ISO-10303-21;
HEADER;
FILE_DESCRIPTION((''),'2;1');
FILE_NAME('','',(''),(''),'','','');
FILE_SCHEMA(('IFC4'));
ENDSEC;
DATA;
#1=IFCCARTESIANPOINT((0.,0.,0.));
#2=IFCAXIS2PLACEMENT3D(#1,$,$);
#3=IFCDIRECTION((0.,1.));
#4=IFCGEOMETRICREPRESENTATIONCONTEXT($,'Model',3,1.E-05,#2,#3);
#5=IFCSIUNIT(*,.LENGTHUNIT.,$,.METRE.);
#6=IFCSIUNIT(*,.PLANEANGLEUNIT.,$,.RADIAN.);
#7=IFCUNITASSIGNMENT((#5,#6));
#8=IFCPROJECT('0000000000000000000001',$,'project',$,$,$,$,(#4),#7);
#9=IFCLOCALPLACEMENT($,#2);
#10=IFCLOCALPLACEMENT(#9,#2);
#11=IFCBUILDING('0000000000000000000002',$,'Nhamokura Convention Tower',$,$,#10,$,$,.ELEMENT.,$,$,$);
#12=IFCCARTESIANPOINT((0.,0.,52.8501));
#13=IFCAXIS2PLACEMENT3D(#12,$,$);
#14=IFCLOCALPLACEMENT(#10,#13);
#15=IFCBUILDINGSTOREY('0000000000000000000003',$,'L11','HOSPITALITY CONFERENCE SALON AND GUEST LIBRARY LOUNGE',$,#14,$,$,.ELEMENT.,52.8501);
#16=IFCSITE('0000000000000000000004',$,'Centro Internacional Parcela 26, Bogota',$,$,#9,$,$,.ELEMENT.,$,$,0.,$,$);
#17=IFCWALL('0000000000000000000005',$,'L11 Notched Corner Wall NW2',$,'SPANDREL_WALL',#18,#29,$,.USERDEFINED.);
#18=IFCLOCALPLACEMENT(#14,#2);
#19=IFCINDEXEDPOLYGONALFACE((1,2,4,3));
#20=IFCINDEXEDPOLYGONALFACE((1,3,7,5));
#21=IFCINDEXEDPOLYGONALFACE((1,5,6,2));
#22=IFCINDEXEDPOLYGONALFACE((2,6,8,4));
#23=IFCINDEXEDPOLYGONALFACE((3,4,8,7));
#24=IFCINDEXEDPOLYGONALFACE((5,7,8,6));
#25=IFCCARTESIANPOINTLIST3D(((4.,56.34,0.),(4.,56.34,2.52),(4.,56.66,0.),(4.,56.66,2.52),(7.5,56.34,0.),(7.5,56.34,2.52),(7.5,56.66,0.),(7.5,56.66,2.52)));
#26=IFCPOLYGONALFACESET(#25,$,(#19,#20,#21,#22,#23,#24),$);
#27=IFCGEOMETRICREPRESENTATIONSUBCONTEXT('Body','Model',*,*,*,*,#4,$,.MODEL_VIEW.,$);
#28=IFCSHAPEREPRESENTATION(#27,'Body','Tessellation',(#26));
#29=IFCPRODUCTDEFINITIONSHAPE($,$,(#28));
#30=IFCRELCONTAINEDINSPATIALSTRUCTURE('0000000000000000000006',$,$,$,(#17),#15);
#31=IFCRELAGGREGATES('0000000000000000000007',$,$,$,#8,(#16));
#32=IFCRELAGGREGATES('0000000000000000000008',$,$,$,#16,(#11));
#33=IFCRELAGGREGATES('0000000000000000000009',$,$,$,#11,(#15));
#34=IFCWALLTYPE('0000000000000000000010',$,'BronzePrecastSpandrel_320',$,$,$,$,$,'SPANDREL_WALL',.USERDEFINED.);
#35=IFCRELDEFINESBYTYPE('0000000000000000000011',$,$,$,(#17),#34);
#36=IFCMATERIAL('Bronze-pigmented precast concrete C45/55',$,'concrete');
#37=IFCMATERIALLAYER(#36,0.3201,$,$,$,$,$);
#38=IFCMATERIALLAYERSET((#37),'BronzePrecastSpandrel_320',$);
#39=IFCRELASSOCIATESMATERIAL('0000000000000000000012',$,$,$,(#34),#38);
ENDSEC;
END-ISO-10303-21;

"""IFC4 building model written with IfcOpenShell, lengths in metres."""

from ifc_helpers import new_model, si_unit, direction, frame, frame_2d, origin, place, context, subcontext, project, spatial, rectangle, extrude, material, layer, layer_set, type_object, element, save


model = new_model("IFC4")

# Units and contexts
model_context = context("Model", 3, precision=1e-05, world=origin(), true_north=direction((0.0, 1.0)))
body_context = subcontext(model_context, "Body", "Model", "MODEL_VIEW")
ifc_project = project(units=[si_unit("LENGTHUNIT", "METRE"), si_unit("PLANEANGLEUNIT", "RADIAN")], contexts=[model_context])

# Site, building, storey
site_placement = place(None, origin())
site = spatial("IfcSite", under=ifc_project, at=site_placement, Name="Centro Internacional Parcela 26, Bogota", CompositionType="ELEMENT", RefElevation=0.0)
building_placement = place(site_placement, origin())
building = spatial("IfcBuilding", under=site, at=building_placement, Name="Nhamokura Convention Tower", CompositionType="ELEMENT")
storey_placement = place(building_placement, frame((0.0, 0.0, 52.8501)))
storey = spatial("IfcBuildingStorey", under=building, at=storey_placement, Name="L11", Description="HOSPITALITY CONFERENCE SALON AND GUEST LIBRARY LOUNGE", CompositionType="ELEMENT", Elevation=52.8501)

# Wall
ifc_material_1 = material(Name="Bronze-pigmented precast concrete C45/55", Category="concrete")
ifc_layer = layer(ifc_material_1, 0.3201)
ifc_layer_set = layer_set([ifc_layer], Name="BronzePrecastSpandrel_320")
wall_type = type_object("IfcWallType", Name="BronzePrecastSpandrel_320", ElementType="SPANDREL_WALL", PredefinedType="USERDEFINED", material=ifc_layer_set)
for number, where, z_axis, x_axis, name in (
    (1, (4.0, 56.5, 0.0), (0.0, 0.0, 1.0), (1.0, 0.0, 0.0), "L11 Notched Corner Wall NW2"),
):
    element("IfcWall", number, at=place(storey_placement, frame(where, z_axis=z_axis, x_axis=x_axis)), inside=storey, type_object=wall_type, Name=name, ObjectType="SPANDREL_WALL", PredefinedType="USERDEFINED", context=body_context, shape_type="SweptSolid", body=[
        extrude(rectangle(XDim=3.5, YDim=0.3201, at=frame_2d((1.75, 0.0))), origin(), (0.0, 0.0, 1.0), 2.52),
    ])

save(model, "model.ifc")
